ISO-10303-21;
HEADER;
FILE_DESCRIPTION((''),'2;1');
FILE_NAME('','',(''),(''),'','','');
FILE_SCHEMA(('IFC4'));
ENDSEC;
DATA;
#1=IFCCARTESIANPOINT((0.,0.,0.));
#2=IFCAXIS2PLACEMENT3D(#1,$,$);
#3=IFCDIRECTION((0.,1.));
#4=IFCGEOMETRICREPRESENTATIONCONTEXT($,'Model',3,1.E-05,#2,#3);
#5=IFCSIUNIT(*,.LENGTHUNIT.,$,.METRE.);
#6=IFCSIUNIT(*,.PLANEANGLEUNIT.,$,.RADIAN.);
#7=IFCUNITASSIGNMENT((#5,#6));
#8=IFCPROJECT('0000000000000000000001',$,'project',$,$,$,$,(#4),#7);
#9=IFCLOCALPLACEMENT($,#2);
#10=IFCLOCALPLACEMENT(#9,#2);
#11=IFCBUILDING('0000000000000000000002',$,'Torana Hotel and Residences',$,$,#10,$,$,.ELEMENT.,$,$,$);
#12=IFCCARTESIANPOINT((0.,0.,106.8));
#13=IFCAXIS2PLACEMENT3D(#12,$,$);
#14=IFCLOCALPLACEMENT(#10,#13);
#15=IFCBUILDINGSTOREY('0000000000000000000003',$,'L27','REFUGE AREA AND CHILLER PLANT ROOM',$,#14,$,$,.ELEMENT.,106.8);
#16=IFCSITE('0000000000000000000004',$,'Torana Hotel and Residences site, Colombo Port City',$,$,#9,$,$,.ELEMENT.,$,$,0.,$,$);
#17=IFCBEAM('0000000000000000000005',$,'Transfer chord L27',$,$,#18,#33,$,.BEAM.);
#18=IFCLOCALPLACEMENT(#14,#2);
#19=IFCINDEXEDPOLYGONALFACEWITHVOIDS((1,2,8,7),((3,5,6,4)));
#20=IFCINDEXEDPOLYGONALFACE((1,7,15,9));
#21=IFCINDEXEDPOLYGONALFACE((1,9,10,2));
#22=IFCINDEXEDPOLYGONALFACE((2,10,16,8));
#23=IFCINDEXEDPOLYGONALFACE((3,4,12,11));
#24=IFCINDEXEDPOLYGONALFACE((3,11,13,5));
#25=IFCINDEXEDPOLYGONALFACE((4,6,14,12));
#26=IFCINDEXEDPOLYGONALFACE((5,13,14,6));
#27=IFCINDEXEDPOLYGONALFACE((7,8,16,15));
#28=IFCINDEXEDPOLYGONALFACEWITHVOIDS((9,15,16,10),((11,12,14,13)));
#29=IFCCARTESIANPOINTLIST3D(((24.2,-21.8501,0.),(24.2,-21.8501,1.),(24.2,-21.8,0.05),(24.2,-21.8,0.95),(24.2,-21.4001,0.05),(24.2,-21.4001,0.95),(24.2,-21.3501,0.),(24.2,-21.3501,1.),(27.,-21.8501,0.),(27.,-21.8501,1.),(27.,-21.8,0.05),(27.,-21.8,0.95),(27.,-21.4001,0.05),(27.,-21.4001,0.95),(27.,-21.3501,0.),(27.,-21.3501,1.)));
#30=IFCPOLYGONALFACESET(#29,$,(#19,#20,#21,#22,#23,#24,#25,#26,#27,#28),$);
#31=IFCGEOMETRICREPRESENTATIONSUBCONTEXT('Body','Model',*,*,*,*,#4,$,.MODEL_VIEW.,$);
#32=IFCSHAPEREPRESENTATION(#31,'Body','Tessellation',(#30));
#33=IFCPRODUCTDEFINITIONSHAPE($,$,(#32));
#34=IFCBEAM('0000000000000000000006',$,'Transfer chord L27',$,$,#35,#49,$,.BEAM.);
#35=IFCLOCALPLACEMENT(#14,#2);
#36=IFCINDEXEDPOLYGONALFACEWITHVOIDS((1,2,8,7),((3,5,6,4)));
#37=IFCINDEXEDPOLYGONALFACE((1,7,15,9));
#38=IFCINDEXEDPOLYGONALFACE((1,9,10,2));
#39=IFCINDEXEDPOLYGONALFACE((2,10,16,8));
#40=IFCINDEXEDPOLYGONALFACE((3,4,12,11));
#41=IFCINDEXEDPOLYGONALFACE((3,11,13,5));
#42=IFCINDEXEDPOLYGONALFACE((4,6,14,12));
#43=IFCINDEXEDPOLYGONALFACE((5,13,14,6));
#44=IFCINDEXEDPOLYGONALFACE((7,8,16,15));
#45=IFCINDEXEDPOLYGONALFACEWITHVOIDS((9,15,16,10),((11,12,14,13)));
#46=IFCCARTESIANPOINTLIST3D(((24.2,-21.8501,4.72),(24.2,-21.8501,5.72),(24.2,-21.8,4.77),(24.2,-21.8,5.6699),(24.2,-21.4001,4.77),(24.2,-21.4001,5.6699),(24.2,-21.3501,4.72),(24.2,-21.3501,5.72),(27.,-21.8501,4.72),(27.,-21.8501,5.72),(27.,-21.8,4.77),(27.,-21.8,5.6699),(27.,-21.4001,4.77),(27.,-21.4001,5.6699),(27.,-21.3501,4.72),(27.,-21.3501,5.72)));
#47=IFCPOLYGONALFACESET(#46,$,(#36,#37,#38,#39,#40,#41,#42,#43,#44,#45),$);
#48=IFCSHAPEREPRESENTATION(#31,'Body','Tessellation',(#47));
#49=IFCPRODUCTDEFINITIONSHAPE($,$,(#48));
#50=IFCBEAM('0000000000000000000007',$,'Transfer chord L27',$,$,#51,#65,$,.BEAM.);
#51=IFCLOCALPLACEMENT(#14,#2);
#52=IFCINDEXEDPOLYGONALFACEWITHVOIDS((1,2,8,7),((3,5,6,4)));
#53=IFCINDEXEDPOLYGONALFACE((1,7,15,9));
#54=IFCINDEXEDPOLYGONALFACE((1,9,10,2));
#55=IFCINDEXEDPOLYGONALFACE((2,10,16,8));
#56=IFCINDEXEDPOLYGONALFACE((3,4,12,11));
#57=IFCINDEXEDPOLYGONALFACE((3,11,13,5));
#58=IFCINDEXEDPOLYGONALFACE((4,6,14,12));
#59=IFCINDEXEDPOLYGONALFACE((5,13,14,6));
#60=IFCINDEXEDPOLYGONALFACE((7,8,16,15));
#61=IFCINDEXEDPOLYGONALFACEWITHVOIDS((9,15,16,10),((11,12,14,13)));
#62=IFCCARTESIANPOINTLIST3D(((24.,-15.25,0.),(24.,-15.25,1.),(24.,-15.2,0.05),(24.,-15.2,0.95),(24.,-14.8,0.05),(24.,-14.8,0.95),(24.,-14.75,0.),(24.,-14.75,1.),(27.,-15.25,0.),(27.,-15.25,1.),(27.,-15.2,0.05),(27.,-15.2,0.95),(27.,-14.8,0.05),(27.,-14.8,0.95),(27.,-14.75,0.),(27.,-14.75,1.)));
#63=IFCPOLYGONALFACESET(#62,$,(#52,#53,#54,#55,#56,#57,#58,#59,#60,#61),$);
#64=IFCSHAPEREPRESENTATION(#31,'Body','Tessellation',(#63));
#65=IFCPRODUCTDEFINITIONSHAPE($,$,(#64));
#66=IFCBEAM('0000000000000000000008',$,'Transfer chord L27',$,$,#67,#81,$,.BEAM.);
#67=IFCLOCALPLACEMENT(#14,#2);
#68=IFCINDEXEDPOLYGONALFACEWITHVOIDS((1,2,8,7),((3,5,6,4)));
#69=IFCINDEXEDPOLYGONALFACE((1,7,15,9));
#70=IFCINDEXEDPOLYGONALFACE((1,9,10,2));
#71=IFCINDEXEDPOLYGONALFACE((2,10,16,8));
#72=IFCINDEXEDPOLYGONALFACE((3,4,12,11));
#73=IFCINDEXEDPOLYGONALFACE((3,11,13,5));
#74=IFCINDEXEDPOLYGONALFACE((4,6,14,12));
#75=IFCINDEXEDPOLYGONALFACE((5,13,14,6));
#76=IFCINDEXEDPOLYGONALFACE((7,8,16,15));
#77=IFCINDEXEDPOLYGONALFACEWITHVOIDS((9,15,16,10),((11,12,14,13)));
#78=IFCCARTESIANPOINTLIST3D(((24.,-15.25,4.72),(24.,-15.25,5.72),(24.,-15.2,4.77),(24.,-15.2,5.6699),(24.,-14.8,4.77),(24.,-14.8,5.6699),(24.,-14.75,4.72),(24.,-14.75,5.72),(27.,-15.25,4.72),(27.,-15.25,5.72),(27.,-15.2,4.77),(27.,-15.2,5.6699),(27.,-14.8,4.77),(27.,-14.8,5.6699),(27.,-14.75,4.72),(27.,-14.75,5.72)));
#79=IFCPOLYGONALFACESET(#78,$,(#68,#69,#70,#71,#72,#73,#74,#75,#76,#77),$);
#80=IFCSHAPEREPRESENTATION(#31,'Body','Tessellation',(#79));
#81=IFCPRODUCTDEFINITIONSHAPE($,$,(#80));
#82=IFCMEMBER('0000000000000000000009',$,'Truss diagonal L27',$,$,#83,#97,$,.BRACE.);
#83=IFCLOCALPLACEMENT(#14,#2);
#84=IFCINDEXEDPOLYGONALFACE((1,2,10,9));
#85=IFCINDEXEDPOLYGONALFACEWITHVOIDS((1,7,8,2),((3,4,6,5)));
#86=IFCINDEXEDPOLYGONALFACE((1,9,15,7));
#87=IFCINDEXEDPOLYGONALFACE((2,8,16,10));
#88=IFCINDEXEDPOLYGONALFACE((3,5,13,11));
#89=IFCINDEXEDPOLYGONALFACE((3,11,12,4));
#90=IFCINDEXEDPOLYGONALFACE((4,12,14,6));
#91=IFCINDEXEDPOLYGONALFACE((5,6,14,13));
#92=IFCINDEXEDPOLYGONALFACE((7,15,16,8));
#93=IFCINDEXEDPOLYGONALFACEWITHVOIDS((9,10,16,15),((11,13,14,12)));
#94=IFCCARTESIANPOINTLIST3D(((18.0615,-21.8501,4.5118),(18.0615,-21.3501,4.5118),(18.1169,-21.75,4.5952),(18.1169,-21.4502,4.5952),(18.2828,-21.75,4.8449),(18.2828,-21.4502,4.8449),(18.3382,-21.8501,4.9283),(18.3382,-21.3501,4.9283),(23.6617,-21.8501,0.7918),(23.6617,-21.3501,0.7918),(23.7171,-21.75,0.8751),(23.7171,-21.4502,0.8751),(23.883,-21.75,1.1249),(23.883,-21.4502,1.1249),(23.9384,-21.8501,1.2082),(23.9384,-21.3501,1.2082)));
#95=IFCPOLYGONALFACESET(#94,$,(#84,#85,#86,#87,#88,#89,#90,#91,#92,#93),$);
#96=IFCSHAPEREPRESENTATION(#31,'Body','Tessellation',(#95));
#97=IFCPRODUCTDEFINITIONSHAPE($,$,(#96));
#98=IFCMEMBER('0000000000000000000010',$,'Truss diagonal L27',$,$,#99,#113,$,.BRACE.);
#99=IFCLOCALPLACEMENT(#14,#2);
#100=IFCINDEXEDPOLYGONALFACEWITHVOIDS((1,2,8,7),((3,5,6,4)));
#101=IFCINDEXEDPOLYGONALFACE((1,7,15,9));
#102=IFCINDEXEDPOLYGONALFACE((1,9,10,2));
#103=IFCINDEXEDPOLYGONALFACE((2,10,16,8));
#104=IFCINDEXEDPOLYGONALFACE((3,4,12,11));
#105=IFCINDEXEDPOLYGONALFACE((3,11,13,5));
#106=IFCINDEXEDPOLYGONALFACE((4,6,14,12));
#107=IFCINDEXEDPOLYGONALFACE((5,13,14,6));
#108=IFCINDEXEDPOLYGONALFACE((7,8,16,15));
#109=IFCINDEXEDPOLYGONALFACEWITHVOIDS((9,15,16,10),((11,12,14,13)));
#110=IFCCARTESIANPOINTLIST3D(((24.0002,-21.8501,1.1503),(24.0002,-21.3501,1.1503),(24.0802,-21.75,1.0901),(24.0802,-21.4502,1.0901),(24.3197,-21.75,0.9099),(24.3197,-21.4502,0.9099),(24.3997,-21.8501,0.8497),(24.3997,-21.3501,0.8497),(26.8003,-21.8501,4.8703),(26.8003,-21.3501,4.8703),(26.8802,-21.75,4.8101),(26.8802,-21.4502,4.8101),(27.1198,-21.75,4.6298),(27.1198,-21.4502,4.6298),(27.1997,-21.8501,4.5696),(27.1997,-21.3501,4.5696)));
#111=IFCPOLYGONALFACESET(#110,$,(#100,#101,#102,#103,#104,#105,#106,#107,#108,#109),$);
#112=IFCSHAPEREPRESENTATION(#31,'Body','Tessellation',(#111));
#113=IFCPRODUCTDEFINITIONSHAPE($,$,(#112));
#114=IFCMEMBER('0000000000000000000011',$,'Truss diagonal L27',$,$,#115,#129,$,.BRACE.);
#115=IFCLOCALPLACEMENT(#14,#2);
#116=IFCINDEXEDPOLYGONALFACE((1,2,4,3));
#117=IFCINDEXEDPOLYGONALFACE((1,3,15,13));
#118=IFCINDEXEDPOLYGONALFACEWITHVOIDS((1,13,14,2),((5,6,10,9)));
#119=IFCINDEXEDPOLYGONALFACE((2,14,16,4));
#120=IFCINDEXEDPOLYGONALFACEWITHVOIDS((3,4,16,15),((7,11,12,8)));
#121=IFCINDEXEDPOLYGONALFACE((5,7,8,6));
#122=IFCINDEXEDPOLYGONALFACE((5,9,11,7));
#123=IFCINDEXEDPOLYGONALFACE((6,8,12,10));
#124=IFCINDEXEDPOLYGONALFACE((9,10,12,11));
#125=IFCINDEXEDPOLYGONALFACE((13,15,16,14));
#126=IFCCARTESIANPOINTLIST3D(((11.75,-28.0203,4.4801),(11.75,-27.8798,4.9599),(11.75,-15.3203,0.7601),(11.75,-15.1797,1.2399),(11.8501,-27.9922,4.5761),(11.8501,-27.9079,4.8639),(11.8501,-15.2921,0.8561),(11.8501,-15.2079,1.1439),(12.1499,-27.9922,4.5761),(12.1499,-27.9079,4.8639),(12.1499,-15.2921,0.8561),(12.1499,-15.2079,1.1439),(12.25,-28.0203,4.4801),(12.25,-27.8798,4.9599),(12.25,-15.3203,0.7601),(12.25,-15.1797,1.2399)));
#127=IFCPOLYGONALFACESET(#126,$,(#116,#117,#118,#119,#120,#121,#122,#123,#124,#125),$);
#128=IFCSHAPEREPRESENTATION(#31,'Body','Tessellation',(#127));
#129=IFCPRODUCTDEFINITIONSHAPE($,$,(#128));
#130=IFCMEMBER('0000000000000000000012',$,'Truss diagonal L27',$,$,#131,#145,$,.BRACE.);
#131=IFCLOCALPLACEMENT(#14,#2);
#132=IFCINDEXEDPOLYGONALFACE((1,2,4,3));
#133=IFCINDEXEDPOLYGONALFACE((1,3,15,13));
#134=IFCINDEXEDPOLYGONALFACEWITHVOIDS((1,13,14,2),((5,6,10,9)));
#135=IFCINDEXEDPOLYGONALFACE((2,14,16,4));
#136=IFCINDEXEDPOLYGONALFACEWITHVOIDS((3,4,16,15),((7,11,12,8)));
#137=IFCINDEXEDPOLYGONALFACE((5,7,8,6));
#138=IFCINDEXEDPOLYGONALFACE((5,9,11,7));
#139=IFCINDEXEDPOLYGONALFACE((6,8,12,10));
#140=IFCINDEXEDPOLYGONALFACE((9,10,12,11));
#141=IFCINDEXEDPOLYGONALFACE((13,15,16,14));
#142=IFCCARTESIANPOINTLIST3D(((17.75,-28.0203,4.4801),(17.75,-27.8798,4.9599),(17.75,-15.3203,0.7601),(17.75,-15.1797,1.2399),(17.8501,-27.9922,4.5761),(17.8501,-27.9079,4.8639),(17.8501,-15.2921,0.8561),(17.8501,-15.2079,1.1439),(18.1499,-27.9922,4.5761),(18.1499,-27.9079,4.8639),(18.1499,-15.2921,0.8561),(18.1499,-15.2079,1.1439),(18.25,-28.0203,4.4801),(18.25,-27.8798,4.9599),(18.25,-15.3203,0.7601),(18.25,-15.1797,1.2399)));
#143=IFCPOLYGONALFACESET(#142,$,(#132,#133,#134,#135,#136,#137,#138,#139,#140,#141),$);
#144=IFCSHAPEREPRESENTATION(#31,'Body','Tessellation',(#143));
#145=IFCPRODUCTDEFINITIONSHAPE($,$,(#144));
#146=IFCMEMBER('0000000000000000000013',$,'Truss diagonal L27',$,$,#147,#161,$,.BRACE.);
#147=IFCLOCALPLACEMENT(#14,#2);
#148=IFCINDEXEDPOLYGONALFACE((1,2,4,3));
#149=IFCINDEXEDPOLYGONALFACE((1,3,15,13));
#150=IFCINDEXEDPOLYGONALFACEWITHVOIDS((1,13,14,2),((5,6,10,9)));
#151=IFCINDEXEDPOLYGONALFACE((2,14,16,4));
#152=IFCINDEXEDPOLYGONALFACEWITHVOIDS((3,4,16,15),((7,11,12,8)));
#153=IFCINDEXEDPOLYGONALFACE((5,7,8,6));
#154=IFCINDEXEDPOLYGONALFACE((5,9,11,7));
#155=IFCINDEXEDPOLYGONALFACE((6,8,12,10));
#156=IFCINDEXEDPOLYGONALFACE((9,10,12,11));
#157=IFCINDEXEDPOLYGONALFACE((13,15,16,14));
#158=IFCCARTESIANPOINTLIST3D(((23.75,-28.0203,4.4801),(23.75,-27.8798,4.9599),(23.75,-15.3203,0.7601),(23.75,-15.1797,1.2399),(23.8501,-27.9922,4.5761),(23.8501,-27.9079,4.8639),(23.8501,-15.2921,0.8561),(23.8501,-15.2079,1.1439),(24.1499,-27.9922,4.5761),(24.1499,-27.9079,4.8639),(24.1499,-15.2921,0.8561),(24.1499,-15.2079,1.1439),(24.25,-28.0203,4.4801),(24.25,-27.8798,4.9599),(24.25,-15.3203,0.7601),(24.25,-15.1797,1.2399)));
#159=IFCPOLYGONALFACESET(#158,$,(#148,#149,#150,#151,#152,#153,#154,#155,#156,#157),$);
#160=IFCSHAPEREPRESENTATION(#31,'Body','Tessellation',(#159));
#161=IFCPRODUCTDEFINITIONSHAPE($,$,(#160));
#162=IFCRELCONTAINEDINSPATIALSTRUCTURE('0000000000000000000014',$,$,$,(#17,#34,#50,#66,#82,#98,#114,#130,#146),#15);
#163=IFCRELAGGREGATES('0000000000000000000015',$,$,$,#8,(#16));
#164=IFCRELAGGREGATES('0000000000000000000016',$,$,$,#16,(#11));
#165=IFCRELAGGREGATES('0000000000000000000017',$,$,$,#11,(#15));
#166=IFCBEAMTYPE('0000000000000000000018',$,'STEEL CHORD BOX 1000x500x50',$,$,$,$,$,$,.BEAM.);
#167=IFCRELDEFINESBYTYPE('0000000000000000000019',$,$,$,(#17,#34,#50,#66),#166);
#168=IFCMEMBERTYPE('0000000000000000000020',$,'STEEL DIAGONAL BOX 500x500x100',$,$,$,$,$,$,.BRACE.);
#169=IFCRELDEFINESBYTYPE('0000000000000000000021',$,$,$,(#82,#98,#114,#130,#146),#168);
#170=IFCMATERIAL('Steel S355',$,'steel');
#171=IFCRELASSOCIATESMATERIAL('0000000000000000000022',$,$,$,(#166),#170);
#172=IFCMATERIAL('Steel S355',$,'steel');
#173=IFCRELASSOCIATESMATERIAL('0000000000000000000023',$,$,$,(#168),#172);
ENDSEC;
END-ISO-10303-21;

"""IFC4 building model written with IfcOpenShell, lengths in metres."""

from ifc_helpers import new_model, si_unit, direction, frame, origin, origin_2d, place, context, subcontext, project, spatial, hollow_rectangle, extrude, material, material_profile, profile_set, type_object, element, save


model = new_model("IFC4")

# Units and contexts
model_context = context("Model", 3, precision=1e-05, world=origin(), true_north=direction((0.0, 1.0)))
body_context = subcontext(model_context, "Body", "Model", "MODEL_VIEW")
ifc_project = project(units=[si_unit("LENGTHUNIT", "METRE"), si_unit("PLANEANGLEUNIT", "RADIAN")], contexts=[model_context])

# Site, building, storey
site_placement = place(None, origin())
site = spatial("IfcSite", under=ifc_project, at=site_placement, Name="Torana Hotel and Residences site, Colombo Port City", CompositionType="ELEMENT", RefElevation=0.0)
building_placement = place(site_placement, origin())
building = spatial("IfcBuilding", under=site, at=building_placement, Name="Torana Hotel and Residences", CompositionType="ELEMENT")
storey_placement = place(building_placement, frame((0.0, 0.0, 106.8)))
storey = spatial("IfcBuildingStorey", under=building, at=storey_placement, Name="L27", Description="REFUGE AREA AND CHILLER PLANT ROOM", CompositionType="ELEMENT", Elevation=106.8)

# Beams
ifc_material_1 = material(Name="Steel S355", Category="steel")
ifc_material_profile_1 = material_profile(ifc_material_1, hollow_rectangle(XDim=0.5, YDim=1.0, WallThickness=0.05, at=origin_2d()), Name="BOX 1000x500x50")
ifc_profile_set_1 = profile_set([ifc_material_profile_1], Name="Steel S355")
beam_type = type_object("IfcBeamType", Name="STEEL CHORD BOX 1000x500x50", PredefinedType="BEAM", material=ifc_profile_set_1)
for number, where, z_axis, x_axis, name in (
    (1, (24.2, -21.6001, 0.5), (1.0, 0.0, 0.0), (0.0, 1.0, 0.0), "Transfer chord L27"),
    (2, (24.2, -21.6001, 5.22), (1.0, 0.0, 0.0), (0.0, 1.0, 0.0), "Transfer chord L27"),
):
    element("IfcBeam", number, at=place(storey_placement, frame(where, z_axis=z_axis, x_axis=x_axis)), inside=storey, type_object=beam_type, Name=name, PredefinedType="BEAM", context=body_context, shape_type="SweptSolid", body=[
        extrude(hollow_rectangle(XDim=0.5, YDim=1.0, WallThickness=0.05, at=origin_2d()), origin(), (0.0, 0.0, 1.0), 2.8),
    ])
for number, where, z_axis, x_axis, name in (
    (3, (24.0, -15.0, 0.5), (1.0, 0.0, 0.0), (0.0, 1.0, 0.0), "Transfer chord L27"),
    (4, (24.0, -15.0, 5.22), (1.0, 0.0, 0.0), (0.0, 1.0, 0.0), "Transfer chord L27"),
):
    element("IfcBeam", number, at=place(storey_placement, frame(where, z_axis=z_axis, x_axis=x_axis)), inside=storey, type_object=beam_type, Name=name, PredefinedType="BEAM", context=body_context, shape_type="SweptSolid", body=[
        extrude(hollow_rectangle(XDim=0.5, YDim=1.0, WallThickness=0.05, at=origin_2d()), origin(), (0.0, 0.0, 1.0), 3.0),
    ])

# Members
ifc_material_2 = material(Name="Steel S355", Category="steel")
ifc_material_profile_2 = material_profile(ifc_material_2, hollow_rectangle(XDim=0.5, YDim=0.5, WallThickness=0.1001, at=origin_2d()), Name="BOX 500x500x100")
ifc_profile_set_2 = profile_set([ifc_material_profile_2], Name="Steel S355")
member_type_1 = type_object("IfcMemberType", Name="STEEL DIAGONAL BOX 500x500x100", PredefinedType="BRACE", material=ifc_profile_set_2)
member_1_placement = place(storey_placement, frame((23.8, -21.6001, 1.0), z_axis=(-0.832971, 0.0, 0.553317), x_axis=(0.0, -1.0, 0.0)))
element("IfcMember", 5, at=member_1_placement, inside=storey, type_object=member_type_1, Name="Truss diagonal L27", PredefinedType="BRACE", context=body_context, shape_type="SweptSolid", body=[
    extrude(hollow_rectangle(XDim=0.5, YDim=0.5, WallThickness=0.1001, at=origin_2d()), origin(), (0.0, 0.0, 1.0), 6.7231),
])
member_2_placement = place(storey_placement, frame((24.2, -21.6001, 1.0), z_axis=(0.601383, 0.0, 0.798961), x_axis=(0.0, 1.0, 0.0)))
element("IfcMember", 6, at=member_2_placement, inside=storey, type_object=member_type_1, Name="Truss diagonal L27", PredefinedType="BRACE", context=body_context, shape_type="SweptSolid", body=[
    extrude(hollow_rectangle(XDim=0.5, YDim=0.5, WallThickness=0.1001, at=origin_2d()), origin(), (0.0, 0.0, 1.0), 4.656),
])
for number, where, z_axis, x_axis, name in (
    (7, (12.0, -15.25, 1.0), (0.0, -0.959678, 0.281101), (1.0, 0.0, 0.0), "Truss diagonal L27"),
    (8, (18.0, -15.25, 1.0), (0.0, -0.959678, 0.281101), (1.0, 0.0, 0.0), "Truss diagonal L27"),
    (9, (24.0, -15.25, 1.0), (0.0, -0.959678, 0.281101), (1.0, 0.0, 0.0), "Truss diagonal L27"),
):
    element("IfcMember", number, at=place(storey_placement, frame(where, z_axis=z_axis, x_axis=x_axis)), inside=storey, type_object=member_type_1, Name=name, PredefinedType="BRACE", context=body_context, shape_type="SweptSolid", body=[
        extrude(hollow_rectangle(XDim=0.5, YDim=0.5, WallThickness=0.1001, at=origin_2d()), origin(), (0.0, 0.0, 1.0), 13.2336),
    ])

save(model, "model.ifc")
